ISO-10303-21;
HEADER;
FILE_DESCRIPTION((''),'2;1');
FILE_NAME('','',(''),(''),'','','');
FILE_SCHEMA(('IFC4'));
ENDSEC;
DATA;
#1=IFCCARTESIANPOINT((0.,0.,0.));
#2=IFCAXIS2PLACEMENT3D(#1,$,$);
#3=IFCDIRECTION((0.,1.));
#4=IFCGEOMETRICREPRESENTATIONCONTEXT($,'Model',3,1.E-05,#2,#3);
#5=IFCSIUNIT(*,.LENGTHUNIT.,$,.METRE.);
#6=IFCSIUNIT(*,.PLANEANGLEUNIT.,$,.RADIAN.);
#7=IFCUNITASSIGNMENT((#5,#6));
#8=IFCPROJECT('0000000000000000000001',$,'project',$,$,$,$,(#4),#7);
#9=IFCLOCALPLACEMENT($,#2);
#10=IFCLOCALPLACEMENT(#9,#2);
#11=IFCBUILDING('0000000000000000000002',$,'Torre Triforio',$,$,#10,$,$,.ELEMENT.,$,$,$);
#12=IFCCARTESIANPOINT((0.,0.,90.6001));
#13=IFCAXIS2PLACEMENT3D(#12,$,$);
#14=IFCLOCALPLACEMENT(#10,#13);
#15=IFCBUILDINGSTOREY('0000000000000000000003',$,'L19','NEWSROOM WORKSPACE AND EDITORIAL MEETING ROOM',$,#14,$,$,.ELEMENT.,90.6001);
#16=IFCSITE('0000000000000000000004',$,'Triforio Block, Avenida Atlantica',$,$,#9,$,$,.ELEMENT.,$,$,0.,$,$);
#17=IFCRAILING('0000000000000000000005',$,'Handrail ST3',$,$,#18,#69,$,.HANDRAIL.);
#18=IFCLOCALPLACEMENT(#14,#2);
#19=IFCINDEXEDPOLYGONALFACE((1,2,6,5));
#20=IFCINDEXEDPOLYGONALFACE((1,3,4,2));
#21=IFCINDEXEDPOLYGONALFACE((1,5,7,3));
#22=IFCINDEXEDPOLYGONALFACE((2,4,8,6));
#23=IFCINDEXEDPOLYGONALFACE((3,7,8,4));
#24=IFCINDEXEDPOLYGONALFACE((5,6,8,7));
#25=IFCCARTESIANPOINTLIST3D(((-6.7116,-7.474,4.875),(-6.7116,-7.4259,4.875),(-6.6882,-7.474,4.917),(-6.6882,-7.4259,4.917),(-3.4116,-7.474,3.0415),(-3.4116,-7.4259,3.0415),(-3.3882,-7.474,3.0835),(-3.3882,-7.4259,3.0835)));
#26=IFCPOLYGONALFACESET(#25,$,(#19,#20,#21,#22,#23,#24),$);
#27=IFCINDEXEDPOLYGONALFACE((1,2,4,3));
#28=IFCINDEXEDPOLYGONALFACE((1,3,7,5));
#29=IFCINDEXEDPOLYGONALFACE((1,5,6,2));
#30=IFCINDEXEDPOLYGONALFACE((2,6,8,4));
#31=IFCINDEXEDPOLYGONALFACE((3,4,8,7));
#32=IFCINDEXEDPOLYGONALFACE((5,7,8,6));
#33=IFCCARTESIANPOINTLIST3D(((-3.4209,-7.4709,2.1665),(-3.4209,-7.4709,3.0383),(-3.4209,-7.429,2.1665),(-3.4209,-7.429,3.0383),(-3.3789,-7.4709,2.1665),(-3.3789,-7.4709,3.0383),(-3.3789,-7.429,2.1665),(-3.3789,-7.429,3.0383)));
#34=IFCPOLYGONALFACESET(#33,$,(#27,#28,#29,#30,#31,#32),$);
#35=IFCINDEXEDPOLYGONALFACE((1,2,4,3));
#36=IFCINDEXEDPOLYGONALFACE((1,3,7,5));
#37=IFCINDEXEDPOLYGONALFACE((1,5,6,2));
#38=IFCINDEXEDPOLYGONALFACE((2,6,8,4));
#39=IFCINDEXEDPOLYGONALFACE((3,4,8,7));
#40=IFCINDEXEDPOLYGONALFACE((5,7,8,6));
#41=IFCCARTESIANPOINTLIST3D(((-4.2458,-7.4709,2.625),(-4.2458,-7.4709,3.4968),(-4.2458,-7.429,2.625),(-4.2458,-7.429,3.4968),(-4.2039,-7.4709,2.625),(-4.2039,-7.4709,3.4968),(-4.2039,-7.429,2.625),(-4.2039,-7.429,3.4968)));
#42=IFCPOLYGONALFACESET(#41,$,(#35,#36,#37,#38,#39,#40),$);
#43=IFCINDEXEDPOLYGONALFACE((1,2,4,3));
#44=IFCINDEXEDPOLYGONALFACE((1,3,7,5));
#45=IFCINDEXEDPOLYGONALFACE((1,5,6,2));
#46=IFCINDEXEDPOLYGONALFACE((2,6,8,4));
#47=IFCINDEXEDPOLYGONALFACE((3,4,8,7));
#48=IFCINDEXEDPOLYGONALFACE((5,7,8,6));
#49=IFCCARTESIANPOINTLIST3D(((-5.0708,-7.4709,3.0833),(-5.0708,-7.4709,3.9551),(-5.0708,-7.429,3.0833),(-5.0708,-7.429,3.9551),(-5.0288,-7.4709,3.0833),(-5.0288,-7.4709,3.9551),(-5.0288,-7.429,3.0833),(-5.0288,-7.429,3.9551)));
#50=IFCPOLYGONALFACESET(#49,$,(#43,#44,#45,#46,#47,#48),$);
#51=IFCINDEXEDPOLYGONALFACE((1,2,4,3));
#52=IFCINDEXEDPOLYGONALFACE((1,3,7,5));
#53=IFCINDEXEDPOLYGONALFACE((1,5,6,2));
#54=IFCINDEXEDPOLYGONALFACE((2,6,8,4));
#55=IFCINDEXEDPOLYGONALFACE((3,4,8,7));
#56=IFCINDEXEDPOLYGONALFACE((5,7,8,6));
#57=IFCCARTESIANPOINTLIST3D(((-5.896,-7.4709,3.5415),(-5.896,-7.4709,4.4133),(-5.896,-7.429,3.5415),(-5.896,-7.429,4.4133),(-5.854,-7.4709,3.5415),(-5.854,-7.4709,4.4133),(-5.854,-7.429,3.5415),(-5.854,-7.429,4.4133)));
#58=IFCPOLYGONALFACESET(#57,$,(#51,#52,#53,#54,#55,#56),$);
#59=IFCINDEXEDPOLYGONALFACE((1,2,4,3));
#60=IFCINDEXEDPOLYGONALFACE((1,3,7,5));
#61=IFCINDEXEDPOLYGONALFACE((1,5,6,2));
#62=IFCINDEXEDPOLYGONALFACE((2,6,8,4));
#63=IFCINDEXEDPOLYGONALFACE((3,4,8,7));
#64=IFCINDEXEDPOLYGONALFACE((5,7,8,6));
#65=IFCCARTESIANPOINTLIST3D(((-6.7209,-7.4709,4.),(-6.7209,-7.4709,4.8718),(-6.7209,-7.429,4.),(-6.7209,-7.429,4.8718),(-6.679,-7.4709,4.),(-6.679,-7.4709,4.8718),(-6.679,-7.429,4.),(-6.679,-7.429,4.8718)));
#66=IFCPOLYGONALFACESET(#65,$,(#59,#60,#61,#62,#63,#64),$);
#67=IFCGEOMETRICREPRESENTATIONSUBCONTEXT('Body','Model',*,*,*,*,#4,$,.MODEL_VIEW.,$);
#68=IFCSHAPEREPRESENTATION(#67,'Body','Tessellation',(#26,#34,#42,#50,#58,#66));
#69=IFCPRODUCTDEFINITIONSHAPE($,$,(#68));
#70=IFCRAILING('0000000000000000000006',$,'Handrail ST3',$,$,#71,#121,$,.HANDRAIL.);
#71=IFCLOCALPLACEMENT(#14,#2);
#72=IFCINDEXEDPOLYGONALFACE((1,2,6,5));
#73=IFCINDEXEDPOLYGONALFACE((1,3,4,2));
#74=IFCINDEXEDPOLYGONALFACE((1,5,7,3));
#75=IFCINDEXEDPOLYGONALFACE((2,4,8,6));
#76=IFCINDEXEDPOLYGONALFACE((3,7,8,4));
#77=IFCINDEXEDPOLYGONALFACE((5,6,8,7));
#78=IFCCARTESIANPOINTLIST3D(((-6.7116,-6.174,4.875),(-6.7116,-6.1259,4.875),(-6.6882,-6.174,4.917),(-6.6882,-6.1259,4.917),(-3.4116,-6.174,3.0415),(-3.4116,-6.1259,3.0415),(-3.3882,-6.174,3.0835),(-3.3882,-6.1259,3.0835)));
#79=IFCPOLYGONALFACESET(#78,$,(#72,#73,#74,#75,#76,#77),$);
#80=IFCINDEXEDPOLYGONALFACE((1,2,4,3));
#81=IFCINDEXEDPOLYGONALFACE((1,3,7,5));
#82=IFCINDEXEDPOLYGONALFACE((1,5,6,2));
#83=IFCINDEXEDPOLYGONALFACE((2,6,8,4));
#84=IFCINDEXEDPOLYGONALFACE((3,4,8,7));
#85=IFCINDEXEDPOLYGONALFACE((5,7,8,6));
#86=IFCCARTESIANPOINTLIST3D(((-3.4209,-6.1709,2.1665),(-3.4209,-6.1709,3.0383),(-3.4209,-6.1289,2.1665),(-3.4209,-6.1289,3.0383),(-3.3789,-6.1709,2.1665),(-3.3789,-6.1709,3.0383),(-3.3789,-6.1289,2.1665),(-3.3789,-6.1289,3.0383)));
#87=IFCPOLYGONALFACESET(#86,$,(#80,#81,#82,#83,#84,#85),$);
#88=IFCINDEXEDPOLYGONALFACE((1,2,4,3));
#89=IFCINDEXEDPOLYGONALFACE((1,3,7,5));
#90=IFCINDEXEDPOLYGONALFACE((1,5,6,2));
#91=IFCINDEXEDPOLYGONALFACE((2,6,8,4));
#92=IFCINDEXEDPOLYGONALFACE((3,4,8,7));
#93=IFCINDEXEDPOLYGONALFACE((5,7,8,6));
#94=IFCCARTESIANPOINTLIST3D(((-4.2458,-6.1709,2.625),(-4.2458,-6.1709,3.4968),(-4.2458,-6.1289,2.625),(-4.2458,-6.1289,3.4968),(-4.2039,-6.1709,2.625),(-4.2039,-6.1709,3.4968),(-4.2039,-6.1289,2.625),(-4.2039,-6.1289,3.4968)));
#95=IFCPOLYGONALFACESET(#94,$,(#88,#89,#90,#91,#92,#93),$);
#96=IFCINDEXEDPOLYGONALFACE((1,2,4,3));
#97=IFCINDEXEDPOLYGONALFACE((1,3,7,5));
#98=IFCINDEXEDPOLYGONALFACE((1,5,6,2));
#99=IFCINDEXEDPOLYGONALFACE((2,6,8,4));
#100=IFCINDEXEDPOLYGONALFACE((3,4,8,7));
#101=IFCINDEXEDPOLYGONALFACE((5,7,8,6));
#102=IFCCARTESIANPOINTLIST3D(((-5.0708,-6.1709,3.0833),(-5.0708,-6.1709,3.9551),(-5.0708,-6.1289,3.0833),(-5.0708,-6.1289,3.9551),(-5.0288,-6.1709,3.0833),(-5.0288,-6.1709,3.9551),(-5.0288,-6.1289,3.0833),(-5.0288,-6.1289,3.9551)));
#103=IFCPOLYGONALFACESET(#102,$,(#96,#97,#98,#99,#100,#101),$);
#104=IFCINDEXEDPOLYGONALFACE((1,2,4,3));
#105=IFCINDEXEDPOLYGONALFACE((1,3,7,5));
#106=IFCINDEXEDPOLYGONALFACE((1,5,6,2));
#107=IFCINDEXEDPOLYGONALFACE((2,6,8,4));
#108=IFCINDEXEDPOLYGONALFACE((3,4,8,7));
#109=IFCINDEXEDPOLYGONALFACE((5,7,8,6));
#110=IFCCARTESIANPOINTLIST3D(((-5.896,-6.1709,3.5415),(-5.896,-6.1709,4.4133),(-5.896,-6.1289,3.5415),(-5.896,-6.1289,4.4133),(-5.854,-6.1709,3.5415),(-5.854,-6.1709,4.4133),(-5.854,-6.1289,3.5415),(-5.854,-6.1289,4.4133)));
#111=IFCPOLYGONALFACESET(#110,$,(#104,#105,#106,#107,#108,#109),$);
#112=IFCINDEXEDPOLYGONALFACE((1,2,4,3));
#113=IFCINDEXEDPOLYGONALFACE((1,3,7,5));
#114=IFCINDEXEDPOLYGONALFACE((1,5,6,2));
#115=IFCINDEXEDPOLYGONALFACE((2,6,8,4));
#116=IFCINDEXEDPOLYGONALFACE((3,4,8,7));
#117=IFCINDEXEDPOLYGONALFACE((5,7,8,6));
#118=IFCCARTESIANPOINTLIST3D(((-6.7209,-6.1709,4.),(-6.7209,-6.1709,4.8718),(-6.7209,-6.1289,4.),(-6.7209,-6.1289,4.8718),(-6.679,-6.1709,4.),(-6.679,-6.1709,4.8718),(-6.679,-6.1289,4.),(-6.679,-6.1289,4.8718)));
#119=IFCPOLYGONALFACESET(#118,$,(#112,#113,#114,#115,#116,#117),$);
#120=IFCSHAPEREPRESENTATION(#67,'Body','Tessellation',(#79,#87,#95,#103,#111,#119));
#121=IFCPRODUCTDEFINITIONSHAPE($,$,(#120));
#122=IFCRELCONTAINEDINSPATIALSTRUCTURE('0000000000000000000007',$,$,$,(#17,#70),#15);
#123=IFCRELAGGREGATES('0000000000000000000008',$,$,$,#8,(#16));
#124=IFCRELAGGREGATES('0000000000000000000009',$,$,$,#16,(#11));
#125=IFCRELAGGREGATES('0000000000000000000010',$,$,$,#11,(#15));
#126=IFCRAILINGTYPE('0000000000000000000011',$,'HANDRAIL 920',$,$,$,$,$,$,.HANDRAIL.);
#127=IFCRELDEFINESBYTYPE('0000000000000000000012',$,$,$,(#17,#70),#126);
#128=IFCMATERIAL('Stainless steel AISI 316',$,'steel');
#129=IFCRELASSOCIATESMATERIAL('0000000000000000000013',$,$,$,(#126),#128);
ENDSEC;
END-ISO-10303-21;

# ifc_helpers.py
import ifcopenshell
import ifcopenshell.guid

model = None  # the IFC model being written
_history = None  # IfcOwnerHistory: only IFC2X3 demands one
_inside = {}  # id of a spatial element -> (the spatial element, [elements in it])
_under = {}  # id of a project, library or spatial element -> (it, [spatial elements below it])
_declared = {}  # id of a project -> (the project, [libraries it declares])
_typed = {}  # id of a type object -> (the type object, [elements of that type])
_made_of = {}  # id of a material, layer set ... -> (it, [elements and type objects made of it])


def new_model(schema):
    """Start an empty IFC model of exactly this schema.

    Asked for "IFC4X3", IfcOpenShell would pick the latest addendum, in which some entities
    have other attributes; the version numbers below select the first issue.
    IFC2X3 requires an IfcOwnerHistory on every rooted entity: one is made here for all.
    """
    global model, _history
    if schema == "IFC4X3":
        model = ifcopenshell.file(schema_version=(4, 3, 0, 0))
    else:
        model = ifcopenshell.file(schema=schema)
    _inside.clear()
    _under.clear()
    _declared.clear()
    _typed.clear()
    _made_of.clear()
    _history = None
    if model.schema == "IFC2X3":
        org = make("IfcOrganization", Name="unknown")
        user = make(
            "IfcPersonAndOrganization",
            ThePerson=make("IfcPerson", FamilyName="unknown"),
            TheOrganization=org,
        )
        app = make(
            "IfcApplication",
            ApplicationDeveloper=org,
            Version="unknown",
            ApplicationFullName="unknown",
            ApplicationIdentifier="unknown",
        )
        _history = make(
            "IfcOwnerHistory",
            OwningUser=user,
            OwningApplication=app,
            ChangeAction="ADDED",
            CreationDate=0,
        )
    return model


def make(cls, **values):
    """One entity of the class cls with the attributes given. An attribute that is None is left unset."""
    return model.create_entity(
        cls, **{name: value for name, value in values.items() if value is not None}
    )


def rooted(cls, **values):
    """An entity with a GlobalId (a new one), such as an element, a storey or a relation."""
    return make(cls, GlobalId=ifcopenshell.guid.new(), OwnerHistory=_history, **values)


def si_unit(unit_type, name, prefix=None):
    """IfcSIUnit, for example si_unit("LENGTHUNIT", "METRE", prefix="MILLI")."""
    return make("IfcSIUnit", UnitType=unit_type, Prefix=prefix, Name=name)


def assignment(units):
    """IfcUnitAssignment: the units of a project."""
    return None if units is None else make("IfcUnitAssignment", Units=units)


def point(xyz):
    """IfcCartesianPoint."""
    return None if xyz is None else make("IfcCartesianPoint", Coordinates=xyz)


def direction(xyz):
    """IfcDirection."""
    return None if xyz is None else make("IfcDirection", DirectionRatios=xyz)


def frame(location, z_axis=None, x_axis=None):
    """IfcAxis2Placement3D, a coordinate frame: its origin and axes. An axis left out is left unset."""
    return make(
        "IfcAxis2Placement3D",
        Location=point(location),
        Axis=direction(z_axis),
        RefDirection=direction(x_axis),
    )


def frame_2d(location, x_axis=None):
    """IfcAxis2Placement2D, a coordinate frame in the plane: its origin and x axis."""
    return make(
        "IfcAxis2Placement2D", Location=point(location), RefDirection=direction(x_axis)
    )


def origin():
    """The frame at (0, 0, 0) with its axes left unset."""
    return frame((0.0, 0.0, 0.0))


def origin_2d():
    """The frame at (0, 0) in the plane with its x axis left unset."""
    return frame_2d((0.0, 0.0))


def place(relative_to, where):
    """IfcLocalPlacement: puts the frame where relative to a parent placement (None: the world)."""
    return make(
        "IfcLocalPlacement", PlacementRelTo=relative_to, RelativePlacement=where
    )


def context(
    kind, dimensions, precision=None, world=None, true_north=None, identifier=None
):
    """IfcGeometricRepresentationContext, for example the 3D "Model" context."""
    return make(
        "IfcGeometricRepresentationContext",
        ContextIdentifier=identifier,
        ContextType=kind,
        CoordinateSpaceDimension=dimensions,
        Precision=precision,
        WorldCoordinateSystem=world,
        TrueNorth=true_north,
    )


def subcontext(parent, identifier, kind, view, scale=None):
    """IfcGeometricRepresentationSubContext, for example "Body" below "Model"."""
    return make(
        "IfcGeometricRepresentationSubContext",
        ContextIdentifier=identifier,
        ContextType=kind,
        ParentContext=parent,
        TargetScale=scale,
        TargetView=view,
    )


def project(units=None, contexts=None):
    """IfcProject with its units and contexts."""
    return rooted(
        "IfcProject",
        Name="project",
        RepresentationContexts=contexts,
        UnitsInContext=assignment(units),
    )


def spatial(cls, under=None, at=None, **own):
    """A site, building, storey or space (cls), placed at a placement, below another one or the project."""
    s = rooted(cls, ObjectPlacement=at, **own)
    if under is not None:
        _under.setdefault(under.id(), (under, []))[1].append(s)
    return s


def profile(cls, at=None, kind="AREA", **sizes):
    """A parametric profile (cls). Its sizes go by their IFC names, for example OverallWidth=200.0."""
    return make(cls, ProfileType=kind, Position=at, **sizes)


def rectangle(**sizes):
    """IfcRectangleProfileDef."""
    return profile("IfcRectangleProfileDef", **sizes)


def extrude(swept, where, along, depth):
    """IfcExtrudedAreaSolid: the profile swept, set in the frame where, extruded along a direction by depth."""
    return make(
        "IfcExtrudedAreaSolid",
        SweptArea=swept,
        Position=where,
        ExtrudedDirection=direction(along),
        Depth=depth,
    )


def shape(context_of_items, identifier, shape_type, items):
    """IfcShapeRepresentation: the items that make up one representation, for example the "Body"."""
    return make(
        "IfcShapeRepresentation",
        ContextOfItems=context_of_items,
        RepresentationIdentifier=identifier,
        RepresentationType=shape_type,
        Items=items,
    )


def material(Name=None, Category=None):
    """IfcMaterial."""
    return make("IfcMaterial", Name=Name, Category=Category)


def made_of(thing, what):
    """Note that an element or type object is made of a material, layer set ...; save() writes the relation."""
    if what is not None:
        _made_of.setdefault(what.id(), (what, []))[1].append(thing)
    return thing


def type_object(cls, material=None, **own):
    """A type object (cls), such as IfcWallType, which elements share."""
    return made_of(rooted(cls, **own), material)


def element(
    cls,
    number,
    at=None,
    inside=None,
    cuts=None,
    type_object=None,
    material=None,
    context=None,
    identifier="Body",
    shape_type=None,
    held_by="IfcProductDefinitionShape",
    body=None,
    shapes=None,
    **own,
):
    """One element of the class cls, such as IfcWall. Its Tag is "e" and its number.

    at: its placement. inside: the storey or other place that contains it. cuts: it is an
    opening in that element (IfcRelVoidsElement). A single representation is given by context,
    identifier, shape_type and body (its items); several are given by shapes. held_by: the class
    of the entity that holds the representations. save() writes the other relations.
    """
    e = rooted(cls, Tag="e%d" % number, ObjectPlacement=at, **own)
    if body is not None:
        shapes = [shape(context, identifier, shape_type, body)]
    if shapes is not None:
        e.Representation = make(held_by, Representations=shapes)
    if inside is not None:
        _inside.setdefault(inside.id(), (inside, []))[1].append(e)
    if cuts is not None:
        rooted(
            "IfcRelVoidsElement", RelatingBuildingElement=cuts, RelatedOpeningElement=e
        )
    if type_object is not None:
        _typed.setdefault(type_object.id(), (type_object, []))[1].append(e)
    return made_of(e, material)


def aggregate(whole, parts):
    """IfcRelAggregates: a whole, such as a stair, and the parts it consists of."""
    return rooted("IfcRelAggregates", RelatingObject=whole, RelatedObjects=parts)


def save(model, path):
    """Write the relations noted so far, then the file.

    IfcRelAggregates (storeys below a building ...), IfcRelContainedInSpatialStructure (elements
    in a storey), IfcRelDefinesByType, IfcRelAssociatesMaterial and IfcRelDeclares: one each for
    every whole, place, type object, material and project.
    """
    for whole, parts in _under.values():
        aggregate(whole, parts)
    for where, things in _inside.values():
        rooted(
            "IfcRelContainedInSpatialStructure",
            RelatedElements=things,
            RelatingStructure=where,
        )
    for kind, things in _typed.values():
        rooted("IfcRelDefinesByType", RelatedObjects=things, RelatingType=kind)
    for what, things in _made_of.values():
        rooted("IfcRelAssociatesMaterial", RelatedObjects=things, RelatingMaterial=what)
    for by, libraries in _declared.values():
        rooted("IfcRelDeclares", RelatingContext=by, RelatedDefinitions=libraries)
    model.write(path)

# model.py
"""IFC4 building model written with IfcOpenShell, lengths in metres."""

from ifc_helpers import new_model, si_unit, direction, frame, origin, origin_2d, place, context, subcontext, project, spatial, rectangle, extrude, material, type_object, element, save


model = new_model("IFC4")

# Units and contexts
model_context = context("Model", 3, precision=1e-05, world=origin(), true_north=direction((0.0, 1.0)))
body_context = subcontext(model_context, "Body", "Model", "MODEL_VIEW")
ifc_project = project(units=[si_unit("LENGTHUNIT", "METRE"), si_unit("PLANEANGLEUNIT", "RADIAN")], contexts=[model_context])

# Site, building, storey
site_placement = place(None, origin())
site = spatial("IfcSite", under=ifc_project, at=site_placement, Name="Triforio Block, Avenida Atlantica", CompositionType="ELEMENT", RefElevation=0.0)
building_placement = place(site_placement, origin())
building = spatial("IfcBuilding", under=site, at=building_placement, Name="Torre Triforio", CompositionType="ELEMENT")
storey_placement = place(building_placement, frame((0.0, 0.0, 90.6001)))
storey = spatial("IfcBuildingStorey", under=building, at=storey_placement, Name="L19", Description="NEWSROOM WORKSPACE AND EDITORIAL MEETING ROOM", CompositionType="ELEMENT", Elevation=90.6001)

# Railings
ifc_material_1 = material(Name="Stainless steel AISI 316", Category="steel")
railing_type = type_object("IfcRailingType", Name="HANDRAIL 920", PredefinedType="HANDRAIL", material=ifc_material_1)
for number, where, name in (
    (1, (-3.3999, -7.45, 2.1665), "Handrail ST3"),
    (2, (-3.3999, -6.1499, 2.1665), "Handrail ST3"),
):
    element("IfcRailing", number, at=place(storey_placement, frame(where)), inside=storey, type_object=railing_type, Name=name, PredefinedType="HANDRAIL", context=body_context, shape_type="SweptSolid", body=[
        extrude(rectangle(XDim=0.0481, YDim=0.0481, at=origin_2d()), frame((0.0, 0.0, 0.896), z_axis=(-0.874142, 0.0, 0.48567), x_axis=(0.0, -1.0, 0.0)), (0.0, 0.0, 1.0), 3.7751),
        extrude(rectangle(XDim=0.042, YDim=0.042, at=origin_2d()), origin(), (0.0, 0.0, 1.0), 0.8718),
        extrude(rectangle(XDim=0.042, YDim=0.042, at=origin_2d()), frame((-0.825, 0.0, 0.4585)), (0.0, 0.0, 1.0), 0.8718),
        extrude(rectangle(XDim=0.042, YDim=0.042, at=origin_2d()), frame((-1.6499, 0.0, 0.9167)), (0.0, 0.0, 1.0), 0.8718),
        extrude(rectangle(XDim=0.042, YDim=0.042, at=origin_2d()), frame((-2.4751, 0.0, 1.375)), (0.0, 0.0, 1.0), 0.8718),
        extrude(rectangle(XDim=0.042, YDim=0.042, at=origin_2d()), frame((-3.3, 0.0, 1.8335)), (0.0, 0.0, 1.0), 0.8718),
    ])

save(model, "model.ifc")
